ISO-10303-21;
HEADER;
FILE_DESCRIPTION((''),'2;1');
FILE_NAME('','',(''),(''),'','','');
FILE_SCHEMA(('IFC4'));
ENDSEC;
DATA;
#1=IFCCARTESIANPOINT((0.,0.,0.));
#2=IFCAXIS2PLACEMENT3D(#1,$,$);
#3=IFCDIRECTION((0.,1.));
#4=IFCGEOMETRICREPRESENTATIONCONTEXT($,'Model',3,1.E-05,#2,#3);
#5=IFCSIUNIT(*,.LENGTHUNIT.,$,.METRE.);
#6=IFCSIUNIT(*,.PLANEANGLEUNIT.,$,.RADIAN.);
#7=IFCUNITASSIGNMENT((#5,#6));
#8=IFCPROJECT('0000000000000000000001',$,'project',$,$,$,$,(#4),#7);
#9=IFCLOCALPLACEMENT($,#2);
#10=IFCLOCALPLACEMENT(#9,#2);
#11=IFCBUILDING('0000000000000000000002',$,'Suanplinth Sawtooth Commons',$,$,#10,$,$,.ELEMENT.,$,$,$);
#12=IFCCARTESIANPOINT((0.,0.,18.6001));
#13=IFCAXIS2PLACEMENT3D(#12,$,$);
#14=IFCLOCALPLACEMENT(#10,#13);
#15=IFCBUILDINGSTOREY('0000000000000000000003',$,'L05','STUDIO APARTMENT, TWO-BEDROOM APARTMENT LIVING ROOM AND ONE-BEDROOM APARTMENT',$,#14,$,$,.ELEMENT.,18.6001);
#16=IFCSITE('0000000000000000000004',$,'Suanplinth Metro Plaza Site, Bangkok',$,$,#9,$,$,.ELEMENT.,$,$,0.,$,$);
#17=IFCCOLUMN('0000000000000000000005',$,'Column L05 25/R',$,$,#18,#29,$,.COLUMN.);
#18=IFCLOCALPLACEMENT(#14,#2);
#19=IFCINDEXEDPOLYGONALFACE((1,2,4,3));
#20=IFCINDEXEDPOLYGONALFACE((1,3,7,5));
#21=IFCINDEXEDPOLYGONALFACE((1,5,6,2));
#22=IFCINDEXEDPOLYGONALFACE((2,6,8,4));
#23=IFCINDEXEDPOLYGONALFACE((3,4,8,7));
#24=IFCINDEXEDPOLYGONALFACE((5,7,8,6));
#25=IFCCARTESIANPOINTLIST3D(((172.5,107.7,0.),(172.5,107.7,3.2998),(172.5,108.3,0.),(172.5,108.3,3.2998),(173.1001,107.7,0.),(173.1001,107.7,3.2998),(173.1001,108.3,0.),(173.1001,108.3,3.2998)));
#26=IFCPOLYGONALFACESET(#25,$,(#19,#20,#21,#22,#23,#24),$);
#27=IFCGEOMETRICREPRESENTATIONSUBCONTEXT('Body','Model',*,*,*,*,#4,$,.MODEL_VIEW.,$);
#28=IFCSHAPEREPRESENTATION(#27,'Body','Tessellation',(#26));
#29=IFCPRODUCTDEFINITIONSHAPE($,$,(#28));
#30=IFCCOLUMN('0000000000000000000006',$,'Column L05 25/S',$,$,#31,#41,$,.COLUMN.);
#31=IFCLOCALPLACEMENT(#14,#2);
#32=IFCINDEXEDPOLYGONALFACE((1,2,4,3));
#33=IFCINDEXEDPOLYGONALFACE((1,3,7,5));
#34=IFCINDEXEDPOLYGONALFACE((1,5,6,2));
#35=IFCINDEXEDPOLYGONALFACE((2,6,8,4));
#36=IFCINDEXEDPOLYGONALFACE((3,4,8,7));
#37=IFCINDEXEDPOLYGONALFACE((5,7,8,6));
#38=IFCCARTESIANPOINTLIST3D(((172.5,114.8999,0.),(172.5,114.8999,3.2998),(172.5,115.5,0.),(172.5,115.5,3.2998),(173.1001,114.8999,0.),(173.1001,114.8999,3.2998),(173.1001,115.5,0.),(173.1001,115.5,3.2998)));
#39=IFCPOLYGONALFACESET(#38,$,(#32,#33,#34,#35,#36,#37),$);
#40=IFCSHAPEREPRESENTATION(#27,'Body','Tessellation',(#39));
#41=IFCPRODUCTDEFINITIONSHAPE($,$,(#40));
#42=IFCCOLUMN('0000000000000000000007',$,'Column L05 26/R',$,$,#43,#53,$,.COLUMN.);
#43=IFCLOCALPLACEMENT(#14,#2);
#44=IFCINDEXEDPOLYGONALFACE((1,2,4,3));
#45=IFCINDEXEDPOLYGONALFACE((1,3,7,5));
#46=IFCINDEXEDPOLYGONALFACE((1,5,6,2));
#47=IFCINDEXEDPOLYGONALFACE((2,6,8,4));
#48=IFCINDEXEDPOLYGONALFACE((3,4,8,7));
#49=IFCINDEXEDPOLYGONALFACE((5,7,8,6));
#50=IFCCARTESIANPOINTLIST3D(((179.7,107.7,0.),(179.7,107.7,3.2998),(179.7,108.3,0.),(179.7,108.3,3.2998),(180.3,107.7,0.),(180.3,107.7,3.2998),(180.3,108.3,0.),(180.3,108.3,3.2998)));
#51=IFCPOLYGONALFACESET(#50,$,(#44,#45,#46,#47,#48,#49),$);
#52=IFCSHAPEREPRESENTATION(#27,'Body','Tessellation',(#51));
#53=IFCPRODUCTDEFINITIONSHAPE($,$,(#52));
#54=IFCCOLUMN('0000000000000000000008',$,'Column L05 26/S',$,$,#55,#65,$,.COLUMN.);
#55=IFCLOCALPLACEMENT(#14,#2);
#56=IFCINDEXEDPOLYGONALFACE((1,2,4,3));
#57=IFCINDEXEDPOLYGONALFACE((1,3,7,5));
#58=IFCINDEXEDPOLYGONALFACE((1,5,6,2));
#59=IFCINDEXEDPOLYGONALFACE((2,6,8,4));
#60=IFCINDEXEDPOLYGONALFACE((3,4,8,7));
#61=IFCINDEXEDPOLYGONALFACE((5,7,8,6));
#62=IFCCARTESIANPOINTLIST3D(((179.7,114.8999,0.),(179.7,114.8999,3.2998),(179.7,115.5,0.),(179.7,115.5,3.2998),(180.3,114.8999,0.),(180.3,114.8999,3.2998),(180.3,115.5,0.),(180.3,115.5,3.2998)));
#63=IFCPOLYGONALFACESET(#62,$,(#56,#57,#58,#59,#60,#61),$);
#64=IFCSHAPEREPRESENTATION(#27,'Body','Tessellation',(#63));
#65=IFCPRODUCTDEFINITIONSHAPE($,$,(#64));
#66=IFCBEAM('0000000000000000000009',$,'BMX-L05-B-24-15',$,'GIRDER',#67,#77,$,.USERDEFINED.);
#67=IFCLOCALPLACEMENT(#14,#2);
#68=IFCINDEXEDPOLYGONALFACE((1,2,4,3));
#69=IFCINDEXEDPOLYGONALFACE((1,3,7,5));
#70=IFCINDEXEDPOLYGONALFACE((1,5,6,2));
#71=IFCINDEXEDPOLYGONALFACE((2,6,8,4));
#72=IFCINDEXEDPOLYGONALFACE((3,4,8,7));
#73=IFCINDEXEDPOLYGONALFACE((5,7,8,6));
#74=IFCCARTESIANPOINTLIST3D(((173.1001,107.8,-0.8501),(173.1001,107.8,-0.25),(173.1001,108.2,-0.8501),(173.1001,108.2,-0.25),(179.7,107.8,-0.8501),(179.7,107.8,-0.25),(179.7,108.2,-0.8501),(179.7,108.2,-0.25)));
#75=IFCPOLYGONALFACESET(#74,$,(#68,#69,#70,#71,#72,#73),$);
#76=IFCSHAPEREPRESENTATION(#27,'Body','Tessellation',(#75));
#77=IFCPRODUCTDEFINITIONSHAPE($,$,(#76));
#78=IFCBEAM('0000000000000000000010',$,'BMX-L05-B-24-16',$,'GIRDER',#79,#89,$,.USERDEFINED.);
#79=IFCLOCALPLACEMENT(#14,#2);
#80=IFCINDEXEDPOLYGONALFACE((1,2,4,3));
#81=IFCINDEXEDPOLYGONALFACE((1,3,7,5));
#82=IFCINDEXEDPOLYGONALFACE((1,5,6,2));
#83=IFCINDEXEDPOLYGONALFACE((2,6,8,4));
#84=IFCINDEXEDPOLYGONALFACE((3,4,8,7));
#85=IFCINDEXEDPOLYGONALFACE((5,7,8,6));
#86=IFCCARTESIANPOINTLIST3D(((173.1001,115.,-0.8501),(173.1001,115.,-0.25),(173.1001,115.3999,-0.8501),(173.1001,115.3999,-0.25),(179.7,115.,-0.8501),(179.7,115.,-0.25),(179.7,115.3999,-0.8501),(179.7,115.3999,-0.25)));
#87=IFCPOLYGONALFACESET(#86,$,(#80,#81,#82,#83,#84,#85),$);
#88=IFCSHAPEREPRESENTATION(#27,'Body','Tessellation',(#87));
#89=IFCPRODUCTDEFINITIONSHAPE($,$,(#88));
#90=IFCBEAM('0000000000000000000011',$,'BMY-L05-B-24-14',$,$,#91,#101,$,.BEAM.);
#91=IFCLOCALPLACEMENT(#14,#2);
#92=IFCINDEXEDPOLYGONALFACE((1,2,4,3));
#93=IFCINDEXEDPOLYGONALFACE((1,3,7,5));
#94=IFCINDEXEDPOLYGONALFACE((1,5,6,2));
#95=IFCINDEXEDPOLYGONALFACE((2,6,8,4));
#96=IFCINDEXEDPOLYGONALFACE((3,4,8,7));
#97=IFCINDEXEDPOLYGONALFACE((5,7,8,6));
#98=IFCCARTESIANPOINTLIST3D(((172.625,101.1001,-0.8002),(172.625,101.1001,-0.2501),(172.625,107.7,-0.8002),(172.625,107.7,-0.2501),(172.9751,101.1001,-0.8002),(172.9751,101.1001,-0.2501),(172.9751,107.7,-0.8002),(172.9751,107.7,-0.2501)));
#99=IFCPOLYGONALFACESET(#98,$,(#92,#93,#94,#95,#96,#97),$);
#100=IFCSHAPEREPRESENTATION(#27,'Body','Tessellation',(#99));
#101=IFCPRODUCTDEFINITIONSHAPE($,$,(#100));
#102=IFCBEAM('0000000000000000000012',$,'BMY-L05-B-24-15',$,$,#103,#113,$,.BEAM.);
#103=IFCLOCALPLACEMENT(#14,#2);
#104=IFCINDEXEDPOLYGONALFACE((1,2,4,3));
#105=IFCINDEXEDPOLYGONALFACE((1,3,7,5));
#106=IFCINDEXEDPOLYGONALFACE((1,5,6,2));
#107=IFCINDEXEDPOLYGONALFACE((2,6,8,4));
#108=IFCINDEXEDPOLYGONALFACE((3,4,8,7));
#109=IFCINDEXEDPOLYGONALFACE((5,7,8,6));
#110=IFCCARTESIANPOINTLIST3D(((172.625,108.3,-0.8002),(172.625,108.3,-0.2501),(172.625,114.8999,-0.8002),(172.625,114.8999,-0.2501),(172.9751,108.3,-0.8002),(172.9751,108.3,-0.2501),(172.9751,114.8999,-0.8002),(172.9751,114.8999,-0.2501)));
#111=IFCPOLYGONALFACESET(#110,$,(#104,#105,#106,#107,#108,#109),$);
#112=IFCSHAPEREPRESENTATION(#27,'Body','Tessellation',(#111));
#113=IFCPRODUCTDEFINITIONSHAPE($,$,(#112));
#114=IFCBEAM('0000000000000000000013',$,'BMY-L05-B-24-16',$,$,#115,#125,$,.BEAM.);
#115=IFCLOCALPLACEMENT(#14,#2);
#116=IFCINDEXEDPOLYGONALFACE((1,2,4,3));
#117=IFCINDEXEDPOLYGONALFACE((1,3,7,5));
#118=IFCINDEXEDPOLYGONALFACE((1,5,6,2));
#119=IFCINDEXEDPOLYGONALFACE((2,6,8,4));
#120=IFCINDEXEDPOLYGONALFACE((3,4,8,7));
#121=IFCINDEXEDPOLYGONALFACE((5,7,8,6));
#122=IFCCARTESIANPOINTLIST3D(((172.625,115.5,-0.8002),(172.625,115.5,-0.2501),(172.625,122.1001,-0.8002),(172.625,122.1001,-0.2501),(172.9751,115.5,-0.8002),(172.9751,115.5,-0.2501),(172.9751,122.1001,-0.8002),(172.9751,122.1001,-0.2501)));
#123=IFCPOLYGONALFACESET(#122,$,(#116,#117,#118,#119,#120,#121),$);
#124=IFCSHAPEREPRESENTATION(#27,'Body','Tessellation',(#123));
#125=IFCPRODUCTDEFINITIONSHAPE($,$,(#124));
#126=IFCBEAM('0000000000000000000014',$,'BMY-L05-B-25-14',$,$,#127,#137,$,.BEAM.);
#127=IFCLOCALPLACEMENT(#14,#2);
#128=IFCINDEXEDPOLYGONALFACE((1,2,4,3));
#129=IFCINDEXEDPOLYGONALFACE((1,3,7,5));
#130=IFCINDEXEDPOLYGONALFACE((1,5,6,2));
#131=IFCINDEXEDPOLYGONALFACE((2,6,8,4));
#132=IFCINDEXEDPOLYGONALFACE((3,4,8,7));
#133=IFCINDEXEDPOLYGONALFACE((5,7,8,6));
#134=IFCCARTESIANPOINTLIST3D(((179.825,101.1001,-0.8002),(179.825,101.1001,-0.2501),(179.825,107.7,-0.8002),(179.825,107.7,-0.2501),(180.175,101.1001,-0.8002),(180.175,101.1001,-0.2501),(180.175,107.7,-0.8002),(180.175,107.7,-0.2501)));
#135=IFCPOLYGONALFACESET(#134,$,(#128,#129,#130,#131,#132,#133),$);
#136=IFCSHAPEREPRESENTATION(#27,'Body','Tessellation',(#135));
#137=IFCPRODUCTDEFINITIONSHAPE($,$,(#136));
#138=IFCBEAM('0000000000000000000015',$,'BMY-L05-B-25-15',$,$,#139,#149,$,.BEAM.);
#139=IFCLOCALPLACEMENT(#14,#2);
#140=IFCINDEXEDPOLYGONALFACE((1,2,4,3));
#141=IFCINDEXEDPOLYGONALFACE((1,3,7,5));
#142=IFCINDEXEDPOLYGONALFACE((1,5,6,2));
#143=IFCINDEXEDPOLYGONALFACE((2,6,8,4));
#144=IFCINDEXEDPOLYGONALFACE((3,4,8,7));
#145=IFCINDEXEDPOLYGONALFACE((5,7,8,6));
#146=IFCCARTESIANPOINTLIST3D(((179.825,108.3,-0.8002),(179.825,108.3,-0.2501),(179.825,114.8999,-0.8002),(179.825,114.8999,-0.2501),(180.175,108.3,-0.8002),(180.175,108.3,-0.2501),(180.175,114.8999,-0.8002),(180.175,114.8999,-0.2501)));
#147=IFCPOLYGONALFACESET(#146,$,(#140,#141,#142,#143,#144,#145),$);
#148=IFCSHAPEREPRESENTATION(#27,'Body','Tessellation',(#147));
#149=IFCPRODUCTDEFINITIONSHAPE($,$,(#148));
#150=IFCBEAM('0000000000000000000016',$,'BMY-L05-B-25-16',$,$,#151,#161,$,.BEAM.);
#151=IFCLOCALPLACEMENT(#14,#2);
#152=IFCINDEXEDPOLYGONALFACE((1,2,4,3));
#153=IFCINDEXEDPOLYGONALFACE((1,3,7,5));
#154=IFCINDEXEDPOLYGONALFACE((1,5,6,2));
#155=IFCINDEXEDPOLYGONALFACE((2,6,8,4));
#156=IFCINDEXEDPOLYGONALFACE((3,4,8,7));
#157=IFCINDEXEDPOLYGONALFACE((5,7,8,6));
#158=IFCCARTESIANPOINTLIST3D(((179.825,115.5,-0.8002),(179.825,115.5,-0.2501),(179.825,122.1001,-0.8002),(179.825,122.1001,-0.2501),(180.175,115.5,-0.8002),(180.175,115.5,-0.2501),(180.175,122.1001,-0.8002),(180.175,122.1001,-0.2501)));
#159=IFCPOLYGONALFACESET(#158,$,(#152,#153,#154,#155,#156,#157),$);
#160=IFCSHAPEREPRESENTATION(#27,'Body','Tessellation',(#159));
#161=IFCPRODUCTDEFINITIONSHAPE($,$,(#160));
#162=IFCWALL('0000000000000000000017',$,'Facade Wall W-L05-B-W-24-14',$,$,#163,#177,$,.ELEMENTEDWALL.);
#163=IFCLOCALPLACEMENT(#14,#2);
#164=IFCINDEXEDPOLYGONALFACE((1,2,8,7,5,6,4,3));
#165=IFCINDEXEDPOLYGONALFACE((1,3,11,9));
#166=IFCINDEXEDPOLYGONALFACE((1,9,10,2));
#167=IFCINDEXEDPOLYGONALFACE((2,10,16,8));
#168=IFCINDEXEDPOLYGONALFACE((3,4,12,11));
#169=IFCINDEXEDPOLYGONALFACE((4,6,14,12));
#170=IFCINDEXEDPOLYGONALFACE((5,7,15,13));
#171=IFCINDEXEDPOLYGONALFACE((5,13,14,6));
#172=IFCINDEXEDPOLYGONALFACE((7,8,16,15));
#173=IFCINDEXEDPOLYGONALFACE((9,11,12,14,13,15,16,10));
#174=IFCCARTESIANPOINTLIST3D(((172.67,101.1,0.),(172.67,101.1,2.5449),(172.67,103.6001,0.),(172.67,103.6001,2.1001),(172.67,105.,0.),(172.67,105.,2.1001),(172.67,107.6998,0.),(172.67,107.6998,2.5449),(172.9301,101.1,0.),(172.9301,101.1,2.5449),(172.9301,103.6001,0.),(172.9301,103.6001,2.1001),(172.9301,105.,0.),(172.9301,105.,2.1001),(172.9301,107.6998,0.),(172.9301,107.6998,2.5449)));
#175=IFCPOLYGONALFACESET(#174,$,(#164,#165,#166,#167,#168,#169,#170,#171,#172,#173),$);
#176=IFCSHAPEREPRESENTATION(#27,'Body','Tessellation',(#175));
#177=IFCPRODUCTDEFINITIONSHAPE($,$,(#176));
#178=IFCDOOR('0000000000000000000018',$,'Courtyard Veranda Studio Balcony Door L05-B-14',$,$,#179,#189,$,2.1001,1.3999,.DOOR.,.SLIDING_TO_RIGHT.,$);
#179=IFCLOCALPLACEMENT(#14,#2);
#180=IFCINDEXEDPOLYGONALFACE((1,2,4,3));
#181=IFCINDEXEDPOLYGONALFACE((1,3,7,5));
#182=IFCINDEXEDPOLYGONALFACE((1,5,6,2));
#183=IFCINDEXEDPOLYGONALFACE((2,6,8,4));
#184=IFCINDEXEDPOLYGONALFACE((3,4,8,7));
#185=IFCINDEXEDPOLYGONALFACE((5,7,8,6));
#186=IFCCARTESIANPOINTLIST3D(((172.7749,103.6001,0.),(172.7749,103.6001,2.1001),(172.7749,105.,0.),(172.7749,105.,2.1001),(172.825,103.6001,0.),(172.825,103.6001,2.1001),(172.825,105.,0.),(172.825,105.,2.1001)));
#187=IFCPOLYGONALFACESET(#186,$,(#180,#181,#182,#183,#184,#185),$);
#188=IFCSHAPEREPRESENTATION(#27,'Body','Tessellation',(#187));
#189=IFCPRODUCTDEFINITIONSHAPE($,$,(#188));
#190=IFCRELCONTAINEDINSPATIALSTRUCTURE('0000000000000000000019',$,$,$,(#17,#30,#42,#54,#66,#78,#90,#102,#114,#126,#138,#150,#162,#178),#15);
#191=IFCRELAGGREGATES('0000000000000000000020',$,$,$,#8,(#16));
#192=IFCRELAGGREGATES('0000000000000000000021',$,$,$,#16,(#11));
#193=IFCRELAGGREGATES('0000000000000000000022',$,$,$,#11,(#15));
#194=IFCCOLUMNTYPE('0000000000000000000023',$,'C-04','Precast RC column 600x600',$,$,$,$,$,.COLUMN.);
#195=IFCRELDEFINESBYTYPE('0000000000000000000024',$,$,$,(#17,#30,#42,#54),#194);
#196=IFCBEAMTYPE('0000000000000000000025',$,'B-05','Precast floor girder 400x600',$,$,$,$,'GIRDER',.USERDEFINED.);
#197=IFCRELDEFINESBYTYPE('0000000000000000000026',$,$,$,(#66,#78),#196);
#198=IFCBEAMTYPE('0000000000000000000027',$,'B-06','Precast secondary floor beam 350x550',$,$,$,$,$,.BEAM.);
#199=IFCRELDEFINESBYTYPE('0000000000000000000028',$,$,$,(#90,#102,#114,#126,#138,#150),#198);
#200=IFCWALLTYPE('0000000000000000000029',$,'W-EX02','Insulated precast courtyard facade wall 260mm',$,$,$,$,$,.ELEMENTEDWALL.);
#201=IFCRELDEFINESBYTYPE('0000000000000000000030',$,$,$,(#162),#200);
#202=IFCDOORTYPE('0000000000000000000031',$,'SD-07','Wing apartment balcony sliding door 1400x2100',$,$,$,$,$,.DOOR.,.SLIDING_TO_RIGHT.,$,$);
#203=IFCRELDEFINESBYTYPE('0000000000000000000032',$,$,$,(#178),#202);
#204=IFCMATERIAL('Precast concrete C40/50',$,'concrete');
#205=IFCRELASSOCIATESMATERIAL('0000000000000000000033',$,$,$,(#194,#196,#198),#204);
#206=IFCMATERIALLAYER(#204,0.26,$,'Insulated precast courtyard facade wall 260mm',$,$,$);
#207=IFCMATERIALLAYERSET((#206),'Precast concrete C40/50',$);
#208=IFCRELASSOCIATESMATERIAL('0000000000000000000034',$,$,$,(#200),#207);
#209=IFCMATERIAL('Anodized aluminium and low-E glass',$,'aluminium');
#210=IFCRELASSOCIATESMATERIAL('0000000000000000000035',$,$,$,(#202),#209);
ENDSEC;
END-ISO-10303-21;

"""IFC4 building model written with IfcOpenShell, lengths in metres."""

from ifc_helpers import new_model, si_unit, direction, frame, frame_2d, origin, origin_2d, place, context, subcontext, project, spatial, rectangle, extrude, material, layer, layer_set, material_profile, profile_set, type_object, element, fill, save


model = new_model("IFC4")

# Units and contexts
model_context = context("Model", 3, precision=1e-05, world=origin(), true_north=direction((0.0, 1.0)))
body_context = subcontext(model_context, "Body", "Model", "MODEL_VIEW")
ifc_project = project(units=[si_unit("LENGTHUNIT", "METRE"), si_unit("PLANEANGLEUNIT", "RADIAN")], contexts=[model_context])

# Site, building, storey
site_placement = place(None, origin())
site = spatial("IfcSite", under=ifc_project, at=site_placement, Name="Suanplinth Metro Plaza Site, Bangkok", CompositionType="ELEMENT", RefElevation=0.0)
building_placement = place(site_placement, origin())
building = spatial("IfcBuilding", under=site, at=building_placement, Name="Suanplinth Sawtooth Commons", CompositionType="ELEMENT")
storey_placement = place(building_placement, frame((0.0, 0.0, 18.6001)))
storey = spatial("IfcBuildingStorey", under=building, at=storey_placement, Name="L05", Description="STUDIO APARTMENT, TWO-BEDROOM APARTMENT LIVING ROOM AND ONE-BEDROOM APARTMENT", CompositionType="ELEMENT", Elevation=18.6001)

# Columns
ifc_material_1 = material(Name="Precast concrete C40/50", Category="concrete")
ifc_material_profile_1 = material_profile(ifc_material_1, rectangle(XDim=0.6001, YDim=0.6001, at=origin_2d()), Name="PC-COL 600x600")
ifc_profile_set_1 = profile_set([ifc_material_profile_1], Name="Precast concrete C40/50")
column_type = type_object("IfcColumnType", Name="C-04", Description="Precast RC column 600x600", PredefinedType="COLUMN", material=ifc_profile_set_1)
for number, where, z_axis, x_axis, name in (
    (1, (172.8, 108.0, 0.0), (0.0, 0.0, 1.0), (1.0, 0.0, 0.0), "Column L05 25/R"),
    (2, (172.8, 115.2, 0.0), (0.0, 0.0, 1.0), (1.0, 0.0, 0.0), "Column L05 25/S"),
    (3, (180.0, 108.0, 0.0), (0.0, 0.0, 1.0), (1.0, 0.0, 0.0), "Column L05 26/R"),
    (4, (180.0, 115.2, 0.0), (0.0, 0.0, 1.0), (1.0, 0.0, 0.0), "Column L05 26/S"),
):
    element("IfcColumn", number, at=place(storey_placement, frame(where, z_axis=z_axis, x_axis=x_axis)), inside=storey, type_object=column_type, Name=name, PredefinedType="COLUMN", context=body_context, shape_type="SweptSolid", body=[
        extrude(rectangle(XDim=0.6001, YDim=0.6001, at=origin_2d()), origin(), (0.0, 0.0, 1.0), 3.2998),
    ])

# Beams
ifc_material_profile_2 = material_profile(ifc_material_1, rectangle(XDim=0.3999, YDim=0.6001, at=origin_2d()), Name="PC-GDR 400x600")
ifc_profile_set_2 = profile_set([ifc_material_profile_2], Name="Precast concrete C40/50")
beam_type_1 = type_object("IfcBeamType", Name="B-05", Description="Precast floor girder 400x600", ElementType="GIRDER", PredefinedType="USERDEFINED", material=ifc_profile_set_2)
for number, where, z_axis, x_axis, name in (
    (5, (173.1001, 108.0, -0.55), (1.0, 0.0, 0.0), (0.0, 1.0, 0.0), "BMX-L05-B-24-15"),
    (6, (173.1001, 115.2, -0.55), (1.0, 0.0, 0.0), (0.0, 1.0, 0.0), "BMX-L05-B-24-16"),
):
    element("IfcBeam", number, at=place(storey_placement, frame(where, z_axis=z_axis, x_axis=x_axis)), inside=storey, type_object=beam_type_1, Name=name, ObjectType="GIRDER", PredefinedType="USERDEFINED", context=body_context, shape_type="SweptSolid", body=[
        extrude(rectangle(XDim=0.3999, YDim=0.6001, at=origin_2d()), origin(), (0.0, 0.0, 1.0), 6.5999),
    ])
ifc_material_profile_3 = material_profile(ifc_material_1, rectangle(XDim=0.3501, YDim=0.55, at=origin_2d()), Name="PC-BM 350x550")
ifc_profile_set_3 = profile_set([ifc_material_profile_3], Name="Precast concrete C40/50")
beam_type_2 = type_object("IfcBeamType", Name="B-06", Description="Precast secondary floor beam 350x550", PredefinedType="BEAM", material=ifc_profile_set_3)
for number, where, z_axis, x_axis, name in (
    (7, (172.8, 101.1001, -0.5251), (0.0, 1.0, 0.0), (-1.0, 0.0, 0.0), "BMY-L05-B-24-14"),
    (8, (172.8, 108.3, -0.5251), (0.0, 1.0, 0.0), (-1.0, 0.0, 0.0), "BMY-L05-B-24-15"),
):
    element("IfcBeam", number, at=place(storey_placement, frame(where, z_axis=z_axis, x_axis=x_axis)), inside=storey, type_object=beam_type_2, Name=name, PredefinedType="BEAM", context=body_context, shape_type="SweptSolid", body=[
        extrude(rectangle(XDim=0.3501, YDim=0.55, at=origin_2d()), origin(), (0.0, 0.0, 1.0), 6.5999),
    ])
beam_1_placement = place(storey_placement, frame((172.8, 115.5, -0.5251), z_axis=(0.0, 1.0, 0.0), x_axis=(-1.0, 0.0, 0.0)))
element("IfcBeam", 9, at=beam_1_placement, inside=storey, type_object=beam_type_2, Name="BMY-L05-B-24-16", PredefinedType="BEAM", context=body_context, shape_type="SweptSolid", body=[
    extrude(rectangle(XDim=0.3501, YDim=0.55, at=origin_2d()), origin(), (0.0, 0.0, 1.0), 6.6001),
])
for number, where, z_axis, x_axis, name in (
    (10, (180.0, 101.1001, -0.5251), (0.0, 1.0, 0.0), (-1.0, 0.0, 0.0), "BMY-L05-B-25-14"),
    (11, (180.0, 108.3, -0.5251), (0.0, 1.0, 0.0), (-1.0, 0.0, 0.0), "BMY-L05-B-25-15"),
):
    element("IfcBeam", number, at=place(storey_placement, frame(where, z_axis=z_axis, x_axis=x_axis)), inside=storey, type_object=beam_type_2, Name=name, PredefinedType="BEAM", context=body_context, shape_type="SweptSolid", body=[
        extrude(rectangle(XDim=0.3501, YDim=0.55, at=origin_2d()), origin(), (0.0, 0.0, 1.0), 6.5999),
    ])
beam_2_placement = place(storey_placement, frame((180.0, 115.5, -0.5251), z_axis=(0.0, 1.0, 0.0), x_axis=(-1.0, 0.0, 0.0)))
element("IfcBeam", 12, at=beam_2_placement, inside=storey, type_object=beam_type_2, Name="BMY-L05-B-25-16", PredefinedType="BEAM", context=body_context, shape_type="SweptSolid", body=[
    extrude(rectangle(XDim=0.3501, YDim=0.55, at=origin_2d()), origin(), (0.0, 0.0, 1.0), 6.6001),
])

# Wall, opening, door
ifc_layer_1 = layer(ifc_material_1, 0.26, Name="Insulated precast courtyard facade wall 260mm")
ifc_layer_set_1 = layer_set([ifc_layer_1], Name="Precast concrete C40/50")
wall_type_1 = type_object("IfcWallType", Name="W-EX02", Description="Insulated precast courtyard facade wall 260mm", PredefinedType="ELEMENTEDWALL", material=ifc_layer_set_1)
wall_1_placement = place(storey_placement, frame((172.8, 101.1001, 0.0), z_axis=(0.0, 0.0, 1.0), x_axis=(0.0, 1.0, 0.0)))
wall_1 = element("IfcWall", 13, at=wall_1_placement, inside=storey, type_object=wall_type_1, Name="Facade Wall W-L05-B-W-24-14", PredefinedType="ELEMENTEDWALL", context=body_context, shape_type="SweptSolid", body=[
    extrude(rectangle(XDim=6.5999, YDim=0.26, at=frame_2d((3.2998, 0.0))), origin(), (0.0, 0.0, 1.0), 2.5449),
])
opening_1_placement = place(wall_1_placement, frame((2.5, 0.0, 0.0)))
opening_1 = element("IfcOpeningElement", 14, at=opening_1_placement, cuts=wall_1, PredefinedType="OPENING", context=body_context, shape_type="SweptSolid", body=[
    extrude(rectangle(XDim=1.3999, YDim=2.1001, at=frame_2d((0.7, 1.05))), frame((0.0, 0.145, 0.0), z_axis=(0.0, -1.0, 0.0), x_axis=(1.0, 0.0, 0.0)), (0.0, 0.0, 1.0), 0.2898),
])
ifc_material_2 = material(Name="Anodized aluminium and low-E glass", Category="aluminium")
door_type_1 = type_object("IfcDoorType", Name="SD-07", Description="Wing apartment balcony sliding door 1400x2100", OperationType="SLIDING_TO_RIGHT", PredefinedType="DOOR", material=ifc_material_2)
door_1_placement = place(opening_1_placement, frame((1.3999, 0.0, 0.0), z_axis=(0.0, 0.0, 1.0), x_axis=(-1.0, 0.0, 0.0)))
door_1 = element("IfcDoor", 15, at=door_1_placement, inside=storey, type_object=door_type_1, Name="Courtyard Veranda Studio Balcony Door L05-B-14", OperationType="SLIDING_TO_RIGHT", OverallHeight=2.1001, OverallWidth=1.3999, PredefinedType="DOOR", context=body_context, shape_type="SweptSolid", body=[
    extrude(rectangle(XDim=1.3999, YDim=2.1001, at=frame_2d((0.7, 1.05))), frame((0.0, 0.0249, 0.0), z_axis=(0.0, -1.0, 0.0), x_axis=(1.0, 0.0, 0.0)), (0.0, 0.0, 1.0), 0.05),
])
fill(opening_1, door_1)

save(model, "model.ifc")
